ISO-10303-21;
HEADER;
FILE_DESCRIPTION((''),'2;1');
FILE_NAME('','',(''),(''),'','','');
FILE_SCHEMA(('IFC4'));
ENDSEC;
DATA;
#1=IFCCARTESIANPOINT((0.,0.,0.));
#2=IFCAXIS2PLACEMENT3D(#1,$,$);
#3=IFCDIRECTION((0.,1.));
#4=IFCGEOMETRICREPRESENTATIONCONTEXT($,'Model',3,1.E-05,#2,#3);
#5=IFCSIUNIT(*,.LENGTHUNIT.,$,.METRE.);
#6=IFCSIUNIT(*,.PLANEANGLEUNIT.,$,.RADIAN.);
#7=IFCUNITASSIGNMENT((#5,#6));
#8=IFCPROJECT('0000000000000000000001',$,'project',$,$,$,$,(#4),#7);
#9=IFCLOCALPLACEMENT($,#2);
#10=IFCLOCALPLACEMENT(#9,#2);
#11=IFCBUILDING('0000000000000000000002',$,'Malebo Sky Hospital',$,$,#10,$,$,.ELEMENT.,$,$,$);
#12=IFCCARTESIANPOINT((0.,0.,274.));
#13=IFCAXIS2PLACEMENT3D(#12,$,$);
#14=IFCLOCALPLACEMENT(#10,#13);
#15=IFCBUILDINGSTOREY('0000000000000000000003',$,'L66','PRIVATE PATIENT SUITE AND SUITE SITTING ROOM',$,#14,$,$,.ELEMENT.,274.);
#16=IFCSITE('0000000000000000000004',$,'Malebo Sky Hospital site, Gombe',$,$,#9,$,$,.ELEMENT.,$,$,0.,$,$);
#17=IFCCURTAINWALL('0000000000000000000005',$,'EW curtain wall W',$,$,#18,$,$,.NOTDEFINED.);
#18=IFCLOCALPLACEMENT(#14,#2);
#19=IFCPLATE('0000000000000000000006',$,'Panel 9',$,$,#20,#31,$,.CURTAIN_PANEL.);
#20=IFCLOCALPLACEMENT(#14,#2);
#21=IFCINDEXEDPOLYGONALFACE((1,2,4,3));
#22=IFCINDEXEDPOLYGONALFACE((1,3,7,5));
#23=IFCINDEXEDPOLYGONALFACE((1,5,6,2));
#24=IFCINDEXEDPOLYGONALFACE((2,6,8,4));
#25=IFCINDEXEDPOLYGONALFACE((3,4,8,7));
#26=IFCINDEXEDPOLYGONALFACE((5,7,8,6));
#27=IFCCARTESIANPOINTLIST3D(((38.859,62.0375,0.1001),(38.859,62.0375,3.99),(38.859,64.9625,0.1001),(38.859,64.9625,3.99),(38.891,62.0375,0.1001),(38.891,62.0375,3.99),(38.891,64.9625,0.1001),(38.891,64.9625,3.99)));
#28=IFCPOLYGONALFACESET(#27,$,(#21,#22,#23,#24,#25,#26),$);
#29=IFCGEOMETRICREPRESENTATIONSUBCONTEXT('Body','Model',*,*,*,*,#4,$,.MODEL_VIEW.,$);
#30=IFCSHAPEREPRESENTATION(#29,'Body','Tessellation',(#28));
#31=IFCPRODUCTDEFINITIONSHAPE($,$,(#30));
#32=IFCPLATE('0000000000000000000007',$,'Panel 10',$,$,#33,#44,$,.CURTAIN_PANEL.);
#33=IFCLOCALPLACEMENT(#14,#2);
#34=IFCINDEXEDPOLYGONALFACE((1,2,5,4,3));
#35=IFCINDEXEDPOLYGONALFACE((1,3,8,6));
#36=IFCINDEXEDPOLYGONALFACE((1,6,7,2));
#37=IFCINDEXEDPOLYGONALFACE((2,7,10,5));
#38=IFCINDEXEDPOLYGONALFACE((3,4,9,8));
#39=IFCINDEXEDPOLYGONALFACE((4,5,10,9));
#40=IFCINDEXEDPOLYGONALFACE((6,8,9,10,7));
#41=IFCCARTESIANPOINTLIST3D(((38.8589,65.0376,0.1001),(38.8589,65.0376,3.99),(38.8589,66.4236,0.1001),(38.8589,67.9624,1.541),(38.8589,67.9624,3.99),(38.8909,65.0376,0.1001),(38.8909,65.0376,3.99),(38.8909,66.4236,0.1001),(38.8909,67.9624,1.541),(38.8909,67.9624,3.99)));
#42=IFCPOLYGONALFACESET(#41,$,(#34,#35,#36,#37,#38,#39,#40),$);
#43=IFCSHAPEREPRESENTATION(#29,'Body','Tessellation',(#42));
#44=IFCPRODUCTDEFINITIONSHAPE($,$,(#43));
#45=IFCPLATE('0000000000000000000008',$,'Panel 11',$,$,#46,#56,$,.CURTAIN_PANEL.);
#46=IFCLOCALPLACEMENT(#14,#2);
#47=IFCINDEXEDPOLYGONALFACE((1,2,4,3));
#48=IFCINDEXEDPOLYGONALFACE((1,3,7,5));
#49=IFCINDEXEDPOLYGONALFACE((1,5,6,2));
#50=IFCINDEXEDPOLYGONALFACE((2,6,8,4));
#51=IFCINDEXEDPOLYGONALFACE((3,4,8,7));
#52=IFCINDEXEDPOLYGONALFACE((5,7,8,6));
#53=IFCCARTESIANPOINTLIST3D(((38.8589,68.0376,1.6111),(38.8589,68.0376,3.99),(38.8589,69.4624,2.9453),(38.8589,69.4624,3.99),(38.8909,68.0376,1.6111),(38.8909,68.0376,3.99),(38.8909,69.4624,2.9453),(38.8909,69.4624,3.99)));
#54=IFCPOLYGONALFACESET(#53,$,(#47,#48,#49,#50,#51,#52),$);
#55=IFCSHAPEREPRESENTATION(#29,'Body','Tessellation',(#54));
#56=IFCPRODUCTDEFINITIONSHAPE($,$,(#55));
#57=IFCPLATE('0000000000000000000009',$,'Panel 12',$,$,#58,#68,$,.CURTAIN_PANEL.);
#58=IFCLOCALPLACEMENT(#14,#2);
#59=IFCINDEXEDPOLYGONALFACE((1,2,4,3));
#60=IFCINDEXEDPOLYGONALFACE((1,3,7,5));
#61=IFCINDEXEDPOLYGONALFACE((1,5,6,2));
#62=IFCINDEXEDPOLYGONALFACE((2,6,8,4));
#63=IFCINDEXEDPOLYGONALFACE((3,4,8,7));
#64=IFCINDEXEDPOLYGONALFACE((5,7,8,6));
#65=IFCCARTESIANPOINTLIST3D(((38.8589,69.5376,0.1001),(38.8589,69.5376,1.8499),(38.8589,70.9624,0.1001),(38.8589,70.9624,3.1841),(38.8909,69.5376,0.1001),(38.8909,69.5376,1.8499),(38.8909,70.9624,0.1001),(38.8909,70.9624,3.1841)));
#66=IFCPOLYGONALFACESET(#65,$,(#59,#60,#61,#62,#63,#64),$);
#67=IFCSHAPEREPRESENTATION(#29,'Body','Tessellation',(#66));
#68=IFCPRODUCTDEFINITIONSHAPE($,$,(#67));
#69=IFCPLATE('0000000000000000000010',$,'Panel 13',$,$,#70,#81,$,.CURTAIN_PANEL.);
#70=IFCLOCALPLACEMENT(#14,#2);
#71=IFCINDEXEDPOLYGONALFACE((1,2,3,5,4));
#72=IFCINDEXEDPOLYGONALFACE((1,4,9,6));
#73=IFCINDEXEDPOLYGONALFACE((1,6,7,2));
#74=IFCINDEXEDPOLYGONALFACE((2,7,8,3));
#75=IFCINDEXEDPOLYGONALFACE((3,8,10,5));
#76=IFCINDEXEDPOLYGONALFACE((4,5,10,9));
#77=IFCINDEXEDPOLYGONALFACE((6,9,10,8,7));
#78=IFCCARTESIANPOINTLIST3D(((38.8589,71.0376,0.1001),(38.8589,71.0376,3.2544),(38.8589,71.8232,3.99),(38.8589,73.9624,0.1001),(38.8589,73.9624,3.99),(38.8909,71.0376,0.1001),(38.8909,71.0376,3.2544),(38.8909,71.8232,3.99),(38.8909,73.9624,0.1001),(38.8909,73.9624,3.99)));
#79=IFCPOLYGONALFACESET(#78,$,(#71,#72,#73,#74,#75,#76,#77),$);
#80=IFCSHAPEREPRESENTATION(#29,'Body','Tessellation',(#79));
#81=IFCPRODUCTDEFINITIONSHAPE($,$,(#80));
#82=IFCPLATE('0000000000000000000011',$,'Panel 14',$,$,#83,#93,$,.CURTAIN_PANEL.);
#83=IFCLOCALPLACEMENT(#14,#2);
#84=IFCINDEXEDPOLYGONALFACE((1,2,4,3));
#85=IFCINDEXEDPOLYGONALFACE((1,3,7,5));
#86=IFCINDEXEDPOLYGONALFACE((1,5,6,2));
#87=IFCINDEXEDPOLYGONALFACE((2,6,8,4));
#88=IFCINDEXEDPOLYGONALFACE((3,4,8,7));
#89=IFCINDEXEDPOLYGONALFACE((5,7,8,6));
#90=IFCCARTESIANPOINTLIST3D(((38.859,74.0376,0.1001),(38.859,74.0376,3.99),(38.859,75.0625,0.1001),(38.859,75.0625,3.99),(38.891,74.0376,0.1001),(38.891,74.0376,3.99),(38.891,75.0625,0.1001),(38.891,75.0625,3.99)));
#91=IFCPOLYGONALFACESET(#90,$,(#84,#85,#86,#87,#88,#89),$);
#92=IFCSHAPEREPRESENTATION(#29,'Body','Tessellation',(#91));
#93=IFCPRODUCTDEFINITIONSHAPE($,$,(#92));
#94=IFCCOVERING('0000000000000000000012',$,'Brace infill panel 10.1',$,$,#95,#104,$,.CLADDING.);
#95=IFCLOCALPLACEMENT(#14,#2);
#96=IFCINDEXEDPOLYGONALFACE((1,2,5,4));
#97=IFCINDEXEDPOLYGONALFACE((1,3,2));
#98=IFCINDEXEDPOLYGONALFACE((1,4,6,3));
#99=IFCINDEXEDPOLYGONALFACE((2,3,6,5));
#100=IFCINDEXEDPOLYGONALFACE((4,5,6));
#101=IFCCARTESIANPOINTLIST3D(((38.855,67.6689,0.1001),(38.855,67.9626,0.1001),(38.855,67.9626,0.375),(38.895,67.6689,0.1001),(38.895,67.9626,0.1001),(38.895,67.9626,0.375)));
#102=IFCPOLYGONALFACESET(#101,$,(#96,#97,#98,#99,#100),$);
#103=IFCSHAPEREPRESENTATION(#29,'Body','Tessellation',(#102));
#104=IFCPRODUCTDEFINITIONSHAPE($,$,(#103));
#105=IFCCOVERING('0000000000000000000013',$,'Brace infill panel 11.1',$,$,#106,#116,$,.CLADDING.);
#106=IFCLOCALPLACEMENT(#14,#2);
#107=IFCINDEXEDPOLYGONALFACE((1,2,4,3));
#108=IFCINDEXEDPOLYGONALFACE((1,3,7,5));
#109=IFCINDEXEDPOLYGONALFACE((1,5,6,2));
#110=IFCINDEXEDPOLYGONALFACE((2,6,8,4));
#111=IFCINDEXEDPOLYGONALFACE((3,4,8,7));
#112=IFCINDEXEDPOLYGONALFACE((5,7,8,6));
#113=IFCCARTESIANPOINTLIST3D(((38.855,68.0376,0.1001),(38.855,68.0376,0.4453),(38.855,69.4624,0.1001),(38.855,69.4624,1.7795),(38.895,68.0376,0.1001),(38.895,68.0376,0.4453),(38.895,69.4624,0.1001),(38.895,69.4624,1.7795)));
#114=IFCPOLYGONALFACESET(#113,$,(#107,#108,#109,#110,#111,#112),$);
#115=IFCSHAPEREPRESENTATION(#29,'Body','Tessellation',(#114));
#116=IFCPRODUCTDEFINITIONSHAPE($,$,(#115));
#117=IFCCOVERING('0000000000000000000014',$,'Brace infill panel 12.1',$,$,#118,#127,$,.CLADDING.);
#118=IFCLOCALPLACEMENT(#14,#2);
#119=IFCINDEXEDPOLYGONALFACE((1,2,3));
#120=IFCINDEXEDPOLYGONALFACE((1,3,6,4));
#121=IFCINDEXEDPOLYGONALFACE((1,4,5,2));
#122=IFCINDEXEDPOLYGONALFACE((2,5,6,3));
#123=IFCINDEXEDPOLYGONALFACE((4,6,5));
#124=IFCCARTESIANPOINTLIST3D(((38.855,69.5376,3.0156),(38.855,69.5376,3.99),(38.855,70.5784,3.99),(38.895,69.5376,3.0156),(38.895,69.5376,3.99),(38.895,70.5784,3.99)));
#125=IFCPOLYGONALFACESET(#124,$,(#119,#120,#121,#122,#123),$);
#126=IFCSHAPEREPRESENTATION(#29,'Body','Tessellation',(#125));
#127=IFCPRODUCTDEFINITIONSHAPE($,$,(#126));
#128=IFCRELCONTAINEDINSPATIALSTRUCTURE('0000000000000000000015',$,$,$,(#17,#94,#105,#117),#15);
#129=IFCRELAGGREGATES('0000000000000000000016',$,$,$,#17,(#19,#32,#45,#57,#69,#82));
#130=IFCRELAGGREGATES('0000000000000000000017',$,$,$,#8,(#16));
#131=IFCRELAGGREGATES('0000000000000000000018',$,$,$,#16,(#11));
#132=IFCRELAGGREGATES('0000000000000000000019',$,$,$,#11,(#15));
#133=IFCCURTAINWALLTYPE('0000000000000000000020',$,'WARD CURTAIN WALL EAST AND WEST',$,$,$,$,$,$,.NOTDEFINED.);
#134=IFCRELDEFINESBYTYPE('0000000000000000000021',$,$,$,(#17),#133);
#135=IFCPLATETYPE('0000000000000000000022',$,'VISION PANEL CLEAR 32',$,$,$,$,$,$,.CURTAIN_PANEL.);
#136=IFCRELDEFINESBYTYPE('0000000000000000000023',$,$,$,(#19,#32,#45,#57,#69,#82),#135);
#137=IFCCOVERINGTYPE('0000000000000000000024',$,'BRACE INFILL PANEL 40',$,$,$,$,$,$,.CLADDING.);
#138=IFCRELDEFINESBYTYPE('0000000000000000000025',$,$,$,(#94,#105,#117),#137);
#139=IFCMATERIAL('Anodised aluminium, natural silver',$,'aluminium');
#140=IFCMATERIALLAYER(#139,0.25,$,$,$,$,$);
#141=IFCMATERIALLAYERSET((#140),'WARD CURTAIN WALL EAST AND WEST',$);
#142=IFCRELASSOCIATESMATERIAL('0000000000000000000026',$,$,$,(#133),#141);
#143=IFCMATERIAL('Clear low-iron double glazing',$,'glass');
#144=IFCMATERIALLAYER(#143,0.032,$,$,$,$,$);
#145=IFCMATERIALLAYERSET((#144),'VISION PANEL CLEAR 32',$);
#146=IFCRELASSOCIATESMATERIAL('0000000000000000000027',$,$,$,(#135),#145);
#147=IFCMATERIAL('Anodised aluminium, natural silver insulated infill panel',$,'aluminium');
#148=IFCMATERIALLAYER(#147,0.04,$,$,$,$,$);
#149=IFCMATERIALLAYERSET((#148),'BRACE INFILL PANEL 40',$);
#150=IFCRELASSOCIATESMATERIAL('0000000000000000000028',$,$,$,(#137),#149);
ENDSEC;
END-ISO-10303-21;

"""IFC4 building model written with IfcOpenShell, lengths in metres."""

from ifc_helpers import new_model, si_unit, direction, frame, origin, origin_2d, place, context, subcontext, project, spatial, polyline, rectangle, outline, extrude, material, layer, layer_set, type_object, element, aggregate, save


model = new_model("IFC4")

# Units and contexts
model_context = context("Model", 3, precision=1e-05, world=origin(), true_north=direction((0.0, 1.0)))
body_context = subcontext(model_context, "Body", "Model", "MODEL_VIEW")
ifc_project = project(units=[si_unit("LENGTHUNIT", "METRE"), si_unit("PLANEANGLEUNIT", "RADIAN")], contexts=[model_context])

# Site, building, storey
site_placement = place(None, origin())
site = spatial("IfcSite", under=ifc_project, at=site_placement, Name="Malebo Sky Hospital site, Gombe", CompositionType="ELEMENT", RefElevation=0.0)
building_placement = place(site_placement, origin())
building = spatial("IfcBuilding", under=site, at=building_placement, Name="Malebo Sky Hospital", CompositionType="ELEMENT")
storey_placement = place(building_placement, frame((0.0, 0.0, 274.0)))
storey = spatial("IfcBuildingStorey", under=building, at=storey_placement, Name="L66", Description="PRIVATE PATIENT SUITE AND SUITE SITTING ROOM", CompositionType="ELEMENT", Elevation=274.0)

# Curtain wall
ifc_material_1 = material(Name="Anodised aluminium, natural silver", Category="aluminium")
ifc_layer_1 = layer(ifc_material_1, 0.25)
ifc_layer_set_1 = layer_set([ifc_layer_1], Name="WARD CURTAIN WALL EAST AND WEST")
curtain_wall_type = type_object("IfcCurtainWallType", Name="WARD CURTAIN WALL EAST AND WEST", PredefinedType="NOTDEFINED", material=ifc_layer_set_1)
curtain_wall_placement = place(storey_placement, origin())
curtain_wall = element("IfcCurtainWall", 1, at=curtain_wall_placement, inside=storey, type_object=curtain_wall_type, Name="EW curtain wall W", PredefinedType="NOTDEFINED")

# Plates
ifc_material_2 = material(Name="Clear low-iron double glazing", Category="glass")
ifc_layer_2 = layer(ifc_material_2, 0.032)
ifc_layer_set_2 = layer_set([ifc_layer_2], Name="VISION PANEL CLEAR 32")
plate_type = type_object("IfcPlateType", Name="VISION PANEL CLEAR 32", PredefinedType="CURTAIN_PANEL", material=ifc_layer_set_2)
plate_1_placement = place(storey_placement, frame((38.875, 63.5, 0.1001), z_axis=(0.0, 0.0, 1.0), x_axis=(0.0, 1.0, 0.0)))
plate_1 = element("IfcPlate", 2, at=plate_1_placement, type_object=plate_type, Name="Panel 9", PredefinedType="CURTAIN_PANEL", context=body_context, shape_type="SweptSolid", body=[
    extrude(rectangle(XDim=2.925, YDim=0.032, at=origin_2d()), origin(), (0.0, 0.0, 1.0), 3.8899),
])
plate_2_placement = place(storey_placement, frame((38.875, 66.5, 0.1001), z_axis=(0.0, 0.0, 1.0), x_axis=(0.0, 1.0, 0.0)))
plate_2 = element("IfcPlate", 3, at=plate_2_placement, type_object=plate_type, Name="Panel 10", PredefinedType="CURTAIN_PANEL", context=body_context, shape_type="SweptSolid", body=[
    extrude(outline(polyline([(-1.4624, 0.0), (-0.0764, 0.0), (1.4624, 1.4409), (1.4624, 3.8899), (-1.4624, 3.8899), (-1.4624, 0.0)])), frame((0.0, 0.0161, 0.0), z_axis=(0.0, -1.0, 0.0), x_axis=(1.0, 0.0, 0.0)), (0.0, 0.0, 1.0), 0.032),
])
plate_3_placement = place(storey_placement, frame((38.875, 68.75, 1.6111), z_axis=(0.0, 0.0, 1.0), x_axis=(0.0, 1.0, 0.0)))
plate_3 = element("IfcPlate", 4, at=plate_3_placement, type_object=plate_type, Name="Panel 11", PredefinedType="CURTAIN_PANEL", context=body_context, shape_type="SweptSolid", body=[
    extrude(outline(polyline([(-0.7124, 0.0), (0.7124, 1.3342), (0.7124, 2.3789), (-0.7124, 2.3789), (-0.7124, 0.0)])), frame((0.0, 0.0161, 0.0), z_axis=(0.0, -1.0, 0.0), x_axis=(1.0, 0.0, 0.0)), (0.0, 0.0, 1.0), 0.032),
])
plate_4_placement = place(storey_placement, frame((38.875, 70.25, 0.1001), z_axis=(0.0, 0.0, 1.0), x_axis=(0.0, 1.0, 0.0)))
plate_4 = element("IfcPlate", 5, at=plate_4_placement, type_object=plate_type, Name="Panel 12", PredefinedType="CURTAIN_PANEL", context=body_context, shape_type="SweptSolid", body=[
    extrude(outline(polyline([(-0.7124, 0.0), (0.7124, 0.0), (0.7124, 3.084), (-0.7124, 1.7498), (-0.7124, 0.0)])), frame((0.0, 0.0161, 0.0), z_axis=(0.0, -1.0, 0.0), x_axis=(1.0, 0.0, 0.0)), (0.0, 0.0, 1.0), 0.032),
])
plate_5_placement = place(storey_placement, frame((38.875, 72.5, 0.1001), z_axis=(0.0, 0.0, 1.0), x_axis=(0.0, 1.0, 0.0)))
plate_5 = element("IfcPlate", 6, at=plate_5_placement, type_object=plate_type, Name="Panel 13", PredefinedType="CURTAIN_PANEL", context=body_context, shape_type="SweptSolid", body=[
    extrude(outline(polyline([(-1.4624, 0.0), (1.4624, 0.0), (1.4624, 3.8899), (-0.6768, 3.8899), (-1.4624, 3.1543), (-1.4624, 0.0)])), frame((0.0, 0.0161, 0.0), z_axis=(0.0, -1.0, 0.0), x_axis=(1.0, 0.0, 0.0)), (0.0, 0.0, 1.0), 0.032),
])
plate_6_placement = place(storey_placement, frame((38.875, 74.55, 0.1001), z_axis=(0.0, 0.0, 1.0), x_axis=(0.0, 1.0, 0.0)))
plate_6 = element("IfcPlate", 7, at=plate_6_placement, type_object=plate_type, Name="Panel 14", PredefinedType="CURTAIN_PANEL", context=body_context, shape_type="SweptSolid", body=[
    extrude(rectangle(XDim=1.0249, YDim=0.032, at=origin_2d()), origin(), (0.0, 0.0, 1.0), 3.8899),
])
aggregate(curtain_wall, [plate_1, plate_2, plate_3, plate_4, plate_5, plate_6])

# Coverings
ifc_material_3 = material(Name="Anodised aluminium, natural silver insulated infill panel", Category="aluminium")
ifc_layer_3 = layer(ifc_material_3, 0.04)
ifc_layer_set_3 = layer_set([ifc_layer_3], Name="BRACE INFILL PANEL 40")
covering_type = type_object("IfcCoveringType", Name="BRACE INFILL PANEL 40", PredefinedType="CLADDING", material=ifc_layer_set_3)
covering_1_placement = place(storey_placement, frame((38.875, 67.8157, 0.1001), z_axis=(0.0, 0.0, 1.0), x_axis=(0.0, 1.0, 0.0)))
element("IfcCovering", 8, at=covering_1_placement, inside=storey, type_object=covering_type, Name="Brace infill panel 10.1", PredefinedType="CLADDING", context=body_context, shape_type="SweptSolid", body=[
    extrude(outline(polyline([(-0.1467, 0.0), (0.147, 0.0), (0.147, 0.2749), (-0.1467, 0.0)])), frame((0.0, 0.02, 0.0), z_axis=(0.0, -1.0, 0.0), x_axis=(1.0, 0.0, 0.0)), (0.0, 0.0, 1.0), 0.04),
])
covering_2_placement = place(storey_placement, frame((38.875, 68.75, 0.1001), z_axis=(0.0, 0.0, 1.0), x_axis=(0.0, 1.0, 0.0)))
element("IfcCovering", 9, at=covering_2_placement, inside=storey, type_object=covering_type, Name="Brace infill panel 11.1", PredefinedType="CLADDING", context=body_context, shape_type="SweptSolid", body=[
    extrude(outline(polyline([(-0.7124, 0.0), (0.7124, 0.0), (0.7124, 1.6794), (-0.7124, 0.3452), (-0.7124, 0.0)])), frame((0.0, 0.02, 0.0), z_axis=(0.0, -1.0, 0.0), x_axis=(1.0, 0.0, 0.0)), (0.0, 0.0, 1.0), 0.04),
])
covering_3_placement = place(storey_placement, frame((38.875, 70.0579, 3.0156), z_axis=(0.0, 0.0, 1.0), x_axis=(0.0, 1.0, 0.0)))
element("IfcCovering", 10, at=covering_3_placement, inside=storey, type_object=covering_type, Name="Brace infill panel 12.1", PredefinedType="CLADDING", context=body_context, shape_type="SweptSolid", body=[
    extrude(outline(polyline([(-0.5203, 0.0), (0.5205, 0.9744), (-0.5203, 0.9744), (-0.5203, 0.0)])), frame((0.0, 0.02, 0.0), z_axis=(0.0, -1.0, 0.0), x_axis=(1.0, 0.0, 0.0)), (0.0, 0.0, 1.0), 0.04),
])

save(model, "model.ifc")
